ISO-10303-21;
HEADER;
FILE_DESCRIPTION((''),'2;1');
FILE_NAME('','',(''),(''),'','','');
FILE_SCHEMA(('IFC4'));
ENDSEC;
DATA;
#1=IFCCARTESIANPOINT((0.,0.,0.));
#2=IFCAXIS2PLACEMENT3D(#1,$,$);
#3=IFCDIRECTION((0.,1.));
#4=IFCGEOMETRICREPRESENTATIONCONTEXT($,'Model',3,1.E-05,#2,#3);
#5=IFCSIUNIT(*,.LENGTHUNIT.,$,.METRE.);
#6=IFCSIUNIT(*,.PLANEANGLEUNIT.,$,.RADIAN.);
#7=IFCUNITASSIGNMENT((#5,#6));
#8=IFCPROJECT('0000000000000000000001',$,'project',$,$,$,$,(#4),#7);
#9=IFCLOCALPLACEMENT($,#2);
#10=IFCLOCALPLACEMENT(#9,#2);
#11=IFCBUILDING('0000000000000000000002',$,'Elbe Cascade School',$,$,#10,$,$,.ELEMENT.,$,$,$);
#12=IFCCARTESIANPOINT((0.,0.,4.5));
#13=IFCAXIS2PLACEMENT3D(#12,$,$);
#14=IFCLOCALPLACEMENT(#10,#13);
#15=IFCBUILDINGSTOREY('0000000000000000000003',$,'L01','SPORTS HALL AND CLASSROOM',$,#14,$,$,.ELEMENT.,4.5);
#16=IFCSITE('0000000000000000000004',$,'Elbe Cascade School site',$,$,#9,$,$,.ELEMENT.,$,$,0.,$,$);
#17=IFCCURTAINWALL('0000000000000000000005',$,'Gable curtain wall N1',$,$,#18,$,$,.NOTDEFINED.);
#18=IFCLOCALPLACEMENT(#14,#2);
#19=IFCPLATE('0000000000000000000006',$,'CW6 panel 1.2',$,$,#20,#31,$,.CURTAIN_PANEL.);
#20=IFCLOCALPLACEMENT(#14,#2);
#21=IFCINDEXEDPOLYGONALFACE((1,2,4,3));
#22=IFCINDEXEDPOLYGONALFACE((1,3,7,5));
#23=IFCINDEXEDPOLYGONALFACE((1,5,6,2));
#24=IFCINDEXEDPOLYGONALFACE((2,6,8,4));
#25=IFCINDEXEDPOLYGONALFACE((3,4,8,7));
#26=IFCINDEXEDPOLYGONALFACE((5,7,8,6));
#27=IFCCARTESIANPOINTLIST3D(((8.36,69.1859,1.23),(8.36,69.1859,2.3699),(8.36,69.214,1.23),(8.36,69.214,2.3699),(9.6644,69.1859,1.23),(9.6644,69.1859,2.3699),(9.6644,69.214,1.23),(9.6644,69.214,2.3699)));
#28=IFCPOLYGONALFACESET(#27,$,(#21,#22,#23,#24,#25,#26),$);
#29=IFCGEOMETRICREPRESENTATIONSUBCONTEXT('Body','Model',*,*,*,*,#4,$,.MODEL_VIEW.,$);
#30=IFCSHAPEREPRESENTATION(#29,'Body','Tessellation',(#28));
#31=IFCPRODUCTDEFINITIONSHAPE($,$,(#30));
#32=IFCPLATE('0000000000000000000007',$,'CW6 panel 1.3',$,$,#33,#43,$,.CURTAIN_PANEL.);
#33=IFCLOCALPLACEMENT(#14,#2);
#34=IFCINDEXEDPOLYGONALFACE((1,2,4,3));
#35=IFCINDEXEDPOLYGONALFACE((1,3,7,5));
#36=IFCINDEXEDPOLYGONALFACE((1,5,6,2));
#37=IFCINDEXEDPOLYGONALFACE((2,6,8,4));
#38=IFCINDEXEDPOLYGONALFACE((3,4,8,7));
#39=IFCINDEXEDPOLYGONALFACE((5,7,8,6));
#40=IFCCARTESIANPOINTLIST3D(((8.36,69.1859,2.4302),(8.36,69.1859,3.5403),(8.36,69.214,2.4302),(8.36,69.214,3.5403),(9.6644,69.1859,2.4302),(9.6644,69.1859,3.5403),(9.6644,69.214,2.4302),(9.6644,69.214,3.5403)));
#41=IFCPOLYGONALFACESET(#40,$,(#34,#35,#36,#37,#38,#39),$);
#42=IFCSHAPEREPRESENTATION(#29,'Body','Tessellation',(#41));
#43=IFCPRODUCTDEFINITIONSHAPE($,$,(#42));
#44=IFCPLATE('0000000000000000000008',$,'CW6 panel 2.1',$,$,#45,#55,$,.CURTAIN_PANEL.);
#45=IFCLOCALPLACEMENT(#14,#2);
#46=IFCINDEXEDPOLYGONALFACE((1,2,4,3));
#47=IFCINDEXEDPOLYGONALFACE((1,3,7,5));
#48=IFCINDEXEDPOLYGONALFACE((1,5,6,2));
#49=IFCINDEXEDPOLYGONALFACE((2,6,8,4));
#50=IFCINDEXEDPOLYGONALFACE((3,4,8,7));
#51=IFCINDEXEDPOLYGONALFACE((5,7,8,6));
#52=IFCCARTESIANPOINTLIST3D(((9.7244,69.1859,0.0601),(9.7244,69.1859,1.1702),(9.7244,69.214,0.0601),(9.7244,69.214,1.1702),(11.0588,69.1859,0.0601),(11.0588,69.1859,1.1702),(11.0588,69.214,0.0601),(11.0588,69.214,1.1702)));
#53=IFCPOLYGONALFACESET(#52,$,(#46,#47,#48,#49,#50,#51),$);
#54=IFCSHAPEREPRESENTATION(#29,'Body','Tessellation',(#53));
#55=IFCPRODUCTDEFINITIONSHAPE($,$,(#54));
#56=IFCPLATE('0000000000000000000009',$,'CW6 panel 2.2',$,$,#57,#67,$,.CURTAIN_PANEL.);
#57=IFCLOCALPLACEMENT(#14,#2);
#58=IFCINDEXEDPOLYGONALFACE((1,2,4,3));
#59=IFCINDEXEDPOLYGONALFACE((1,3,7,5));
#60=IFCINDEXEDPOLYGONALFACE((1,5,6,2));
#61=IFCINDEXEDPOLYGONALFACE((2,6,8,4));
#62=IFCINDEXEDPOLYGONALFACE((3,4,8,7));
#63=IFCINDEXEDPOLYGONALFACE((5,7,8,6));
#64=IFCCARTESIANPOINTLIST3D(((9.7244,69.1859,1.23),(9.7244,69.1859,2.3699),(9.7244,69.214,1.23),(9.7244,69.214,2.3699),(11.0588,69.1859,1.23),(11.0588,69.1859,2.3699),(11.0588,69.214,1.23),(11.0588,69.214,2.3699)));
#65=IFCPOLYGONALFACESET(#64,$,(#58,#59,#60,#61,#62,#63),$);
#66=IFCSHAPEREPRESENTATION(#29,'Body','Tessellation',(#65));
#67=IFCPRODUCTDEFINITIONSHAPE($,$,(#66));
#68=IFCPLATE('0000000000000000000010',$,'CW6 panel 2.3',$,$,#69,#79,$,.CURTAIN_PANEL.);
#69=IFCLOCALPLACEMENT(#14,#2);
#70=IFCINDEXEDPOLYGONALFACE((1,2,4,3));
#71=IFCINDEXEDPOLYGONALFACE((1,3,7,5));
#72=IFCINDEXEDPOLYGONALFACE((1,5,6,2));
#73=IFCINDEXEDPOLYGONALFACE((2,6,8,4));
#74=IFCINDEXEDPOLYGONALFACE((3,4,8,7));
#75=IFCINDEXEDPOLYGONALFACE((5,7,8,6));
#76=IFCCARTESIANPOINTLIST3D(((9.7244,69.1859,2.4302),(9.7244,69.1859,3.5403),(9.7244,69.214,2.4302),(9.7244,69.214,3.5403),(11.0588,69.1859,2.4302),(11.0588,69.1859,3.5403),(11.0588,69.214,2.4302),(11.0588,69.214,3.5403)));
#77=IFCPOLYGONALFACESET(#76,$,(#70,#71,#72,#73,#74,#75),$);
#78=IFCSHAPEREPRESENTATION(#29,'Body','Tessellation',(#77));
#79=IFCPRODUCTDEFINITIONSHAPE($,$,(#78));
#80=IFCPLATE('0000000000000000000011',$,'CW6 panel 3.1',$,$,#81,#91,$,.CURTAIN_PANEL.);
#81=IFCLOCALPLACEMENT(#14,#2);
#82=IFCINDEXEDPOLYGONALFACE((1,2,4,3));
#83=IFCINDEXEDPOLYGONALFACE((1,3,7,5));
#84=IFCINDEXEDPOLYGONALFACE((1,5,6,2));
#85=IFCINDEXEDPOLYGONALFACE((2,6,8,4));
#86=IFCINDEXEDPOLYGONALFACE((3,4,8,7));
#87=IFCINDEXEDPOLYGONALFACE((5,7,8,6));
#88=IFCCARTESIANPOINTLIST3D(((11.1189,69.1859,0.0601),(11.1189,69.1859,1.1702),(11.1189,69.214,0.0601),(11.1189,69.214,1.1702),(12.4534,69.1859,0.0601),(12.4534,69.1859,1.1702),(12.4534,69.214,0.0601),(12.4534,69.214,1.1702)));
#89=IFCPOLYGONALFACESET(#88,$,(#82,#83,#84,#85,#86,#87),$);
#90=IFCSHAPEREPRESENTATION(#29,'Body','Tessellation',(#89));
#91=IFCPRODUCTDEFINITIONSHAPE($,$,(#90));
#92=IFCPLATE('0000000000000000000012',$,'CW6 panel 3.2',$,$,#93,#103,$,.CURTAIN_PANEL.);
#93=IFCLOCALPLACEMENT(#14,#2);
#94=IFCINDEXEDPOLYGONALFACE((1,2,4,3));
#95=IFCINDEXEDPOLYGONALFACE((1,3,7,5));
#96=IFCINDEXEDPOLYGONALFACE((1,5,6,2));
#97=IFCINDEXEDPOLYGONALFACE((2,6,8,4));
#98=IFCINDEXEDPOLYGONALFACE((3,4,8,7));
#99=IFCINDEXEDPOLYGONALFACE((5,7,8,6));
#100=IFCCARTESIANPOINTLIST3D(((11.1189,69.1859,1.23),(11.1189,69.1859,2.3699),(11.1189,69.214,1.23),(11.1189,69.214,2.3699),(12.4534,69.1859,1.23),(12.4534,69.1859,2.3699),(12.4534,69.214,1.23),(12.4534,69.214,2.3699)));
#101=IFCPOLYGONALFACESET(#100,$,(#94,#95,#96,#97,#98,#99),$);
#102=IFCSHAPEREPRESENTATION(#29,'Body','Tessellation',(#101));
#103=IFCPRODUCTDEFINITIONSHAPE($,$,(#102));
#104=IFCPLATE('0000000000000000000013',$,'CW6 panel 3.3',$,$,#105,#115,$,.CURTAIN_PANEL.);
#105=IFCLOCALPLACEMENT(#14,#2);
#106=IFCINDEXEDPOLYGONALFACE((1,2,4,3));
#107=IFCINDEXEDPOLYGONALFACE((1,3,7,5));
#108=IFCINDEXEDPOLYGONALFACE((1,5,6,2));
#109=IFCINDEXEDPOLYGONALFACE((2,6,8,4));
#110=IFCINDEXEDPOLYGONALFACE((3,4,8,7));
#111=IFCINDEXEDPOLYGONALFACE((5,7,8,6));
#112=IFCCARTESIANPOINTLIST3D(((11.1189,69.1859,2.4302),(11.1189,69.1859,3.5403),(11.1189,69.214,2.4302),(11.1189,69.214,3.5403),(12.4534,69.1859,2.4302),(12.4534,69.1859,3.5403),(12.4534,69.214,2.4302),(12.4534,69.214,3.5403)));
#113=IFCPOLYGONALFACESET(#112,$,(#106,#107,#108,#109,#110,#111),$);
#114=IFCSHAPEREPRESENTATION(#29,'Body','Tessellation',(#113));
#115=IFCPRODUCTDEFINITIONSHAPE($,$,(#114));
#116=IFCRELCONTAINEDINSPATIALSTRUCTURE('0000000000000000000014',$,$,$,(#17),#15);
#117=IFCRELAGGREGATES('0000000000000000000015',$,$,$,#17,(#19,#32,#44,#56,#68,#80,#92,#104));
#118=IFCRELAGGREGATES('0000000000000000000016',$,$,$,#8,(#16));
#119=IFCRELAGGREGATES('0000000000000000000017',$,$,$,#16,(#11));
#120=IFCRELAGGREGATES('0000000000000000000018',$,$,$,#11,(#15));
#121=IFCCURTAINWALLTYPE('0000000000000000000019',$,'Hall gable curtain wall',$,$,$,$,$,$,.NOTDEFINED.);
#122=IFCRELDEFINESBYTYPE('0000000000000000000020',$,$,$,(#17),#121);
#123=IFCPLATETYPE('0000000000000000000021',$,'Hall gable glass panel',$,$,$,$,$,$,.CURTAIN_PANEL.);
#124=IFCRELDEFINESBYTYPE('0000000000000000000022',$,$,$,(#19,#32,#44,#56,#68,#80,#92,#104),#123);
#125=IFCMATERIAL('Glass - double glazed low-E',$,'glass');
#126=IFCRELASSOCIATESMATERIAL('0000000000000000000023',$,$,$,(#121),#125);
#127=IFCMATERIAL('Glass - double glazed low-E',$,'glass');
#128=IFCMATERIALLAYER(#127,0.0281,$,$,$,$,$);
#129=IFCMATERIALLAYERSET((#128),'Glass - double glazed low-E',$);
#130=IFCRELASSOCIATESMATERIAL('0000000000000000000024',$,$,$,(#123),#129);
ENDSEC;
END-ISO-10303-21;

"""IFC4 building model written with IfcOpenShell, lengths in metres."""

from ifc_helpers import new_model, si_unit, direction, frame, origin, origin_2d, place, context, subcontext, project, spatial, rectangle, extrude, material, layer, layer_set, type_object, element, aggregate, save


model = new_model("IFC4")

# Units and contexts
model_context = context("Model", 3, precision=1e-05, world=origin(), true_north=direction((0.0, 1.0)))
body_context = subcontext(model_context, "Body", "Model", "MODEL_VIEW")
ifc_project = project(units=[si_unit("LENGTHUNIT", "METRE"), si_unit("PLANEANGLEUNIT", "RADIAN")], contexts=[model_context])

# Site, building, storey
site_placement = place(None, origin())
site = spatial("IfcSite", under=ifc_project, at=site_placement, Name="Elbe Cascade School site", CompositionType="ELEMENT", RefElevation=0.0)
building_placement = place(site_placement, origin())
building = spatial("IfcBuilding", under=site, at=building_placement, Name="Elbe Cascade School", CompositionType="ELEMENT")
storey_placement = place(building_placement, frame((0.0, 0.0, 4.5)))
storey = spatial("IfcBuildingStorey", under=building, at=storey_placement, Name="L01", Description="SPORTS HALL AND CLASSROOM", CompositionType="ELEMENT", Elevation=4.5)

# Curtain wall, plates
ifc_material_1 = material(Name="Glass - double glazed low-E", Category="glass")
curtain_wall_type = type_object("IfcCurtainWallType", Name="Hall gable curtain wall", PredefinedType="NOTDEFINED", material=ifc_material_1)
curtain_wall_placement = place(storey_placement, origin())
curtain_wall = element("IfcCurtainWall", 1, at=curtain_wall_placement, inside=storey, type_object=curtain_wall_type, Name="Gable curtain wall N1", PredefinedType="NOTDEFINED")
ifc_material_2 = material(Name="Glass - double glazed low-E", Category="glass")
ifc_layer = layer(ifc_material_2, 0.0281)
ifc_layer_set = layer_set([ifc_layer], Name="Glass - double glazed low-E")
plate_type = type_object("IfcPlateType", Name="Hall gable glass panel", PredefinedType="CURTAIN_PANEL", material=ifc_layer_set)
plate_1_placement = place(storey_placement, frame((9.0122, 69.2, 1.23), z_axis=(0.0, 0.0, 1.0), x_axis=(1.0, 0.0, 0.0)))
plate_1 = element("IfcPlate", 2, at=plate_1_placement, type_object=plate_type, Name="CW6 panel 1.2", PredefinedType="CURTAIN_PANEL", context=body_context, shape_type="SweptSolid", body=[
    extrude(rectangle(XDim=1.3044, YDim=0.0281, at=origin_2d()), origin(), (0.0, 0.0, 1.0), 1.1399),
])
plate_2_placement = place(storey_placement, frame((9.0122, 69.2, 2.4302), z_axis=(0.0, 0.0, 1.0), x_axis=(1.0, 0.0, 0.0)))
plate_2 = element("IfcPlate", 3, at=plate_2_placement, type_object=plate_type, Name="CW6 panel 1.3", PredefinedType="CURTAIN_PANEL", context=body_context, shape_type="SweptSolid", body=[
    extrude(rectangle(XDim=1.3044, YDim=0.0281, at=origin_2d()), origin(), (0.0, 0.0, 1.0), 1.1101),
])
plate_3_placement = place(storey_placement, frame((10.3916, 69.2, 0.0601), z_axis=(0.0, 0.0, 1.0), x_axis=(1.0, 0.0, 0.0)))
plate_3 = element("IfcPlate", 4, at=plate_3_placement, type_object=plate_type, Name="CW6 panel 2.1", PredefinedType="CURTAIN_PANEL", context=body_context, shape_type="SweptSolid", body=[
    extrude(rectangle(XDim=1.3345, YDim=0.0281, at=origin_2d()), origin(), (0.0, 0.0, 1.0), 1.1101),
])
plate_4_placement = place(storey_placement, frame((10.3916, 69.2, 1.23), z_axis=(0.0, 0.0, 1.0), x_axis=(1.0, 0.0, 0.0)))
plate_4 = element("IfcPlate", 5, at=plate_4_placement, type_object=plate_type, Name="CW6 panel 2.2", PredefinedType="CURTAIN_PANEL", context=body_context, shape_type="SweptSolid", body=[
    extrude(rectangle(XDim=1.3345, YDim=0.0281, at=origin_2d()), origin(), (0.0, 0.0, 1.0), 1.1399),
])
plate_5_placement = place(storey_placement, frame((10.3916, 69.2, 2.4302), z_axis=(0.0, 0.0, 1.0), x_axis=(1.0, 0.0, 0.0)))
plate_5 = element("IfcPlate", 6, at=plate_5_placement, type_object=plate_type, Name="CW6 panel 2.3", PredefinedType="CURTAIN_PANEL", context=body_context, shape_type="SweptSolid", body=[
    extrude(rectangle(XDim=1.3345, YDim=0.0281, at=origin_2d()), origin(), (0.0, 0.0, 1.0), 1.1101),
])
plate_6_placement = place(storey_placement, frame((11.7861, 69.2, 0.0601), z_axis=(0.0, 0.0, 1.0), x_axis=(1.0, 0.0, 0.0)))
plate_6 = element("IfcPlate", 7, at=plate_6_placement, type_object=plate_type, Name="CW6 panel 3.1", PredefinedType="CURTAIN_PANEL", context=body_context, shape_type="SweptSolid", body=[
    extrude(rectangle(XDim=1.3345, YDim=0.0281, at=origin_2d()), origin(), (0.0, 0.0, 1.0), 1.1101),
])
plate_7_placement = place(storey_placement, frame((11.7861, 69.2, 1.23), z_axis=(0.0, 0.0, 1.0), x_axis=(1.0, 0.0, 0.0)))
plate_7 = element("IfcPlate", 8, at=plate_7_placement, type_object=plate_type, Name="CW6 panel 3.2", PredefinedType="CURTAIN_PANEL", context=body_context, shape_type="SweptSolid", body=[
    extrude(rectangle(XDim=1.3345, YDim=0.0281, at=origin_2d()), origin(), (0.0, 0.0, 1.0), 1.1399),
])
plate_8_placement = place(storey_placement, frame((11.7861, 69.2, 2.4302), z_axis=(0.0, 0.0, 1.0), x_axis=(1.0, 0.0, 0.0)))
plate_8 = element("IfcPlate", 9, at=plate_8_placement, type_object=plate_type, Name="CW6 panel 3.3", PredefinedType="CURTAIN_PANEL", context=body_context, shape_type="SweptSolid", body=[
    extrude(rectangle(XDim=1.3345, YDim=0.0281, at=origin_2d()), origin(), (0.0, 0.0, 1.0), 1.1101),
])
aggregate(curtain_wall, [plate_1, plate_2, plate_3, plate_4, plate_5, plate_6, plate_7, plate_8])

save(model, "model.ifc")
